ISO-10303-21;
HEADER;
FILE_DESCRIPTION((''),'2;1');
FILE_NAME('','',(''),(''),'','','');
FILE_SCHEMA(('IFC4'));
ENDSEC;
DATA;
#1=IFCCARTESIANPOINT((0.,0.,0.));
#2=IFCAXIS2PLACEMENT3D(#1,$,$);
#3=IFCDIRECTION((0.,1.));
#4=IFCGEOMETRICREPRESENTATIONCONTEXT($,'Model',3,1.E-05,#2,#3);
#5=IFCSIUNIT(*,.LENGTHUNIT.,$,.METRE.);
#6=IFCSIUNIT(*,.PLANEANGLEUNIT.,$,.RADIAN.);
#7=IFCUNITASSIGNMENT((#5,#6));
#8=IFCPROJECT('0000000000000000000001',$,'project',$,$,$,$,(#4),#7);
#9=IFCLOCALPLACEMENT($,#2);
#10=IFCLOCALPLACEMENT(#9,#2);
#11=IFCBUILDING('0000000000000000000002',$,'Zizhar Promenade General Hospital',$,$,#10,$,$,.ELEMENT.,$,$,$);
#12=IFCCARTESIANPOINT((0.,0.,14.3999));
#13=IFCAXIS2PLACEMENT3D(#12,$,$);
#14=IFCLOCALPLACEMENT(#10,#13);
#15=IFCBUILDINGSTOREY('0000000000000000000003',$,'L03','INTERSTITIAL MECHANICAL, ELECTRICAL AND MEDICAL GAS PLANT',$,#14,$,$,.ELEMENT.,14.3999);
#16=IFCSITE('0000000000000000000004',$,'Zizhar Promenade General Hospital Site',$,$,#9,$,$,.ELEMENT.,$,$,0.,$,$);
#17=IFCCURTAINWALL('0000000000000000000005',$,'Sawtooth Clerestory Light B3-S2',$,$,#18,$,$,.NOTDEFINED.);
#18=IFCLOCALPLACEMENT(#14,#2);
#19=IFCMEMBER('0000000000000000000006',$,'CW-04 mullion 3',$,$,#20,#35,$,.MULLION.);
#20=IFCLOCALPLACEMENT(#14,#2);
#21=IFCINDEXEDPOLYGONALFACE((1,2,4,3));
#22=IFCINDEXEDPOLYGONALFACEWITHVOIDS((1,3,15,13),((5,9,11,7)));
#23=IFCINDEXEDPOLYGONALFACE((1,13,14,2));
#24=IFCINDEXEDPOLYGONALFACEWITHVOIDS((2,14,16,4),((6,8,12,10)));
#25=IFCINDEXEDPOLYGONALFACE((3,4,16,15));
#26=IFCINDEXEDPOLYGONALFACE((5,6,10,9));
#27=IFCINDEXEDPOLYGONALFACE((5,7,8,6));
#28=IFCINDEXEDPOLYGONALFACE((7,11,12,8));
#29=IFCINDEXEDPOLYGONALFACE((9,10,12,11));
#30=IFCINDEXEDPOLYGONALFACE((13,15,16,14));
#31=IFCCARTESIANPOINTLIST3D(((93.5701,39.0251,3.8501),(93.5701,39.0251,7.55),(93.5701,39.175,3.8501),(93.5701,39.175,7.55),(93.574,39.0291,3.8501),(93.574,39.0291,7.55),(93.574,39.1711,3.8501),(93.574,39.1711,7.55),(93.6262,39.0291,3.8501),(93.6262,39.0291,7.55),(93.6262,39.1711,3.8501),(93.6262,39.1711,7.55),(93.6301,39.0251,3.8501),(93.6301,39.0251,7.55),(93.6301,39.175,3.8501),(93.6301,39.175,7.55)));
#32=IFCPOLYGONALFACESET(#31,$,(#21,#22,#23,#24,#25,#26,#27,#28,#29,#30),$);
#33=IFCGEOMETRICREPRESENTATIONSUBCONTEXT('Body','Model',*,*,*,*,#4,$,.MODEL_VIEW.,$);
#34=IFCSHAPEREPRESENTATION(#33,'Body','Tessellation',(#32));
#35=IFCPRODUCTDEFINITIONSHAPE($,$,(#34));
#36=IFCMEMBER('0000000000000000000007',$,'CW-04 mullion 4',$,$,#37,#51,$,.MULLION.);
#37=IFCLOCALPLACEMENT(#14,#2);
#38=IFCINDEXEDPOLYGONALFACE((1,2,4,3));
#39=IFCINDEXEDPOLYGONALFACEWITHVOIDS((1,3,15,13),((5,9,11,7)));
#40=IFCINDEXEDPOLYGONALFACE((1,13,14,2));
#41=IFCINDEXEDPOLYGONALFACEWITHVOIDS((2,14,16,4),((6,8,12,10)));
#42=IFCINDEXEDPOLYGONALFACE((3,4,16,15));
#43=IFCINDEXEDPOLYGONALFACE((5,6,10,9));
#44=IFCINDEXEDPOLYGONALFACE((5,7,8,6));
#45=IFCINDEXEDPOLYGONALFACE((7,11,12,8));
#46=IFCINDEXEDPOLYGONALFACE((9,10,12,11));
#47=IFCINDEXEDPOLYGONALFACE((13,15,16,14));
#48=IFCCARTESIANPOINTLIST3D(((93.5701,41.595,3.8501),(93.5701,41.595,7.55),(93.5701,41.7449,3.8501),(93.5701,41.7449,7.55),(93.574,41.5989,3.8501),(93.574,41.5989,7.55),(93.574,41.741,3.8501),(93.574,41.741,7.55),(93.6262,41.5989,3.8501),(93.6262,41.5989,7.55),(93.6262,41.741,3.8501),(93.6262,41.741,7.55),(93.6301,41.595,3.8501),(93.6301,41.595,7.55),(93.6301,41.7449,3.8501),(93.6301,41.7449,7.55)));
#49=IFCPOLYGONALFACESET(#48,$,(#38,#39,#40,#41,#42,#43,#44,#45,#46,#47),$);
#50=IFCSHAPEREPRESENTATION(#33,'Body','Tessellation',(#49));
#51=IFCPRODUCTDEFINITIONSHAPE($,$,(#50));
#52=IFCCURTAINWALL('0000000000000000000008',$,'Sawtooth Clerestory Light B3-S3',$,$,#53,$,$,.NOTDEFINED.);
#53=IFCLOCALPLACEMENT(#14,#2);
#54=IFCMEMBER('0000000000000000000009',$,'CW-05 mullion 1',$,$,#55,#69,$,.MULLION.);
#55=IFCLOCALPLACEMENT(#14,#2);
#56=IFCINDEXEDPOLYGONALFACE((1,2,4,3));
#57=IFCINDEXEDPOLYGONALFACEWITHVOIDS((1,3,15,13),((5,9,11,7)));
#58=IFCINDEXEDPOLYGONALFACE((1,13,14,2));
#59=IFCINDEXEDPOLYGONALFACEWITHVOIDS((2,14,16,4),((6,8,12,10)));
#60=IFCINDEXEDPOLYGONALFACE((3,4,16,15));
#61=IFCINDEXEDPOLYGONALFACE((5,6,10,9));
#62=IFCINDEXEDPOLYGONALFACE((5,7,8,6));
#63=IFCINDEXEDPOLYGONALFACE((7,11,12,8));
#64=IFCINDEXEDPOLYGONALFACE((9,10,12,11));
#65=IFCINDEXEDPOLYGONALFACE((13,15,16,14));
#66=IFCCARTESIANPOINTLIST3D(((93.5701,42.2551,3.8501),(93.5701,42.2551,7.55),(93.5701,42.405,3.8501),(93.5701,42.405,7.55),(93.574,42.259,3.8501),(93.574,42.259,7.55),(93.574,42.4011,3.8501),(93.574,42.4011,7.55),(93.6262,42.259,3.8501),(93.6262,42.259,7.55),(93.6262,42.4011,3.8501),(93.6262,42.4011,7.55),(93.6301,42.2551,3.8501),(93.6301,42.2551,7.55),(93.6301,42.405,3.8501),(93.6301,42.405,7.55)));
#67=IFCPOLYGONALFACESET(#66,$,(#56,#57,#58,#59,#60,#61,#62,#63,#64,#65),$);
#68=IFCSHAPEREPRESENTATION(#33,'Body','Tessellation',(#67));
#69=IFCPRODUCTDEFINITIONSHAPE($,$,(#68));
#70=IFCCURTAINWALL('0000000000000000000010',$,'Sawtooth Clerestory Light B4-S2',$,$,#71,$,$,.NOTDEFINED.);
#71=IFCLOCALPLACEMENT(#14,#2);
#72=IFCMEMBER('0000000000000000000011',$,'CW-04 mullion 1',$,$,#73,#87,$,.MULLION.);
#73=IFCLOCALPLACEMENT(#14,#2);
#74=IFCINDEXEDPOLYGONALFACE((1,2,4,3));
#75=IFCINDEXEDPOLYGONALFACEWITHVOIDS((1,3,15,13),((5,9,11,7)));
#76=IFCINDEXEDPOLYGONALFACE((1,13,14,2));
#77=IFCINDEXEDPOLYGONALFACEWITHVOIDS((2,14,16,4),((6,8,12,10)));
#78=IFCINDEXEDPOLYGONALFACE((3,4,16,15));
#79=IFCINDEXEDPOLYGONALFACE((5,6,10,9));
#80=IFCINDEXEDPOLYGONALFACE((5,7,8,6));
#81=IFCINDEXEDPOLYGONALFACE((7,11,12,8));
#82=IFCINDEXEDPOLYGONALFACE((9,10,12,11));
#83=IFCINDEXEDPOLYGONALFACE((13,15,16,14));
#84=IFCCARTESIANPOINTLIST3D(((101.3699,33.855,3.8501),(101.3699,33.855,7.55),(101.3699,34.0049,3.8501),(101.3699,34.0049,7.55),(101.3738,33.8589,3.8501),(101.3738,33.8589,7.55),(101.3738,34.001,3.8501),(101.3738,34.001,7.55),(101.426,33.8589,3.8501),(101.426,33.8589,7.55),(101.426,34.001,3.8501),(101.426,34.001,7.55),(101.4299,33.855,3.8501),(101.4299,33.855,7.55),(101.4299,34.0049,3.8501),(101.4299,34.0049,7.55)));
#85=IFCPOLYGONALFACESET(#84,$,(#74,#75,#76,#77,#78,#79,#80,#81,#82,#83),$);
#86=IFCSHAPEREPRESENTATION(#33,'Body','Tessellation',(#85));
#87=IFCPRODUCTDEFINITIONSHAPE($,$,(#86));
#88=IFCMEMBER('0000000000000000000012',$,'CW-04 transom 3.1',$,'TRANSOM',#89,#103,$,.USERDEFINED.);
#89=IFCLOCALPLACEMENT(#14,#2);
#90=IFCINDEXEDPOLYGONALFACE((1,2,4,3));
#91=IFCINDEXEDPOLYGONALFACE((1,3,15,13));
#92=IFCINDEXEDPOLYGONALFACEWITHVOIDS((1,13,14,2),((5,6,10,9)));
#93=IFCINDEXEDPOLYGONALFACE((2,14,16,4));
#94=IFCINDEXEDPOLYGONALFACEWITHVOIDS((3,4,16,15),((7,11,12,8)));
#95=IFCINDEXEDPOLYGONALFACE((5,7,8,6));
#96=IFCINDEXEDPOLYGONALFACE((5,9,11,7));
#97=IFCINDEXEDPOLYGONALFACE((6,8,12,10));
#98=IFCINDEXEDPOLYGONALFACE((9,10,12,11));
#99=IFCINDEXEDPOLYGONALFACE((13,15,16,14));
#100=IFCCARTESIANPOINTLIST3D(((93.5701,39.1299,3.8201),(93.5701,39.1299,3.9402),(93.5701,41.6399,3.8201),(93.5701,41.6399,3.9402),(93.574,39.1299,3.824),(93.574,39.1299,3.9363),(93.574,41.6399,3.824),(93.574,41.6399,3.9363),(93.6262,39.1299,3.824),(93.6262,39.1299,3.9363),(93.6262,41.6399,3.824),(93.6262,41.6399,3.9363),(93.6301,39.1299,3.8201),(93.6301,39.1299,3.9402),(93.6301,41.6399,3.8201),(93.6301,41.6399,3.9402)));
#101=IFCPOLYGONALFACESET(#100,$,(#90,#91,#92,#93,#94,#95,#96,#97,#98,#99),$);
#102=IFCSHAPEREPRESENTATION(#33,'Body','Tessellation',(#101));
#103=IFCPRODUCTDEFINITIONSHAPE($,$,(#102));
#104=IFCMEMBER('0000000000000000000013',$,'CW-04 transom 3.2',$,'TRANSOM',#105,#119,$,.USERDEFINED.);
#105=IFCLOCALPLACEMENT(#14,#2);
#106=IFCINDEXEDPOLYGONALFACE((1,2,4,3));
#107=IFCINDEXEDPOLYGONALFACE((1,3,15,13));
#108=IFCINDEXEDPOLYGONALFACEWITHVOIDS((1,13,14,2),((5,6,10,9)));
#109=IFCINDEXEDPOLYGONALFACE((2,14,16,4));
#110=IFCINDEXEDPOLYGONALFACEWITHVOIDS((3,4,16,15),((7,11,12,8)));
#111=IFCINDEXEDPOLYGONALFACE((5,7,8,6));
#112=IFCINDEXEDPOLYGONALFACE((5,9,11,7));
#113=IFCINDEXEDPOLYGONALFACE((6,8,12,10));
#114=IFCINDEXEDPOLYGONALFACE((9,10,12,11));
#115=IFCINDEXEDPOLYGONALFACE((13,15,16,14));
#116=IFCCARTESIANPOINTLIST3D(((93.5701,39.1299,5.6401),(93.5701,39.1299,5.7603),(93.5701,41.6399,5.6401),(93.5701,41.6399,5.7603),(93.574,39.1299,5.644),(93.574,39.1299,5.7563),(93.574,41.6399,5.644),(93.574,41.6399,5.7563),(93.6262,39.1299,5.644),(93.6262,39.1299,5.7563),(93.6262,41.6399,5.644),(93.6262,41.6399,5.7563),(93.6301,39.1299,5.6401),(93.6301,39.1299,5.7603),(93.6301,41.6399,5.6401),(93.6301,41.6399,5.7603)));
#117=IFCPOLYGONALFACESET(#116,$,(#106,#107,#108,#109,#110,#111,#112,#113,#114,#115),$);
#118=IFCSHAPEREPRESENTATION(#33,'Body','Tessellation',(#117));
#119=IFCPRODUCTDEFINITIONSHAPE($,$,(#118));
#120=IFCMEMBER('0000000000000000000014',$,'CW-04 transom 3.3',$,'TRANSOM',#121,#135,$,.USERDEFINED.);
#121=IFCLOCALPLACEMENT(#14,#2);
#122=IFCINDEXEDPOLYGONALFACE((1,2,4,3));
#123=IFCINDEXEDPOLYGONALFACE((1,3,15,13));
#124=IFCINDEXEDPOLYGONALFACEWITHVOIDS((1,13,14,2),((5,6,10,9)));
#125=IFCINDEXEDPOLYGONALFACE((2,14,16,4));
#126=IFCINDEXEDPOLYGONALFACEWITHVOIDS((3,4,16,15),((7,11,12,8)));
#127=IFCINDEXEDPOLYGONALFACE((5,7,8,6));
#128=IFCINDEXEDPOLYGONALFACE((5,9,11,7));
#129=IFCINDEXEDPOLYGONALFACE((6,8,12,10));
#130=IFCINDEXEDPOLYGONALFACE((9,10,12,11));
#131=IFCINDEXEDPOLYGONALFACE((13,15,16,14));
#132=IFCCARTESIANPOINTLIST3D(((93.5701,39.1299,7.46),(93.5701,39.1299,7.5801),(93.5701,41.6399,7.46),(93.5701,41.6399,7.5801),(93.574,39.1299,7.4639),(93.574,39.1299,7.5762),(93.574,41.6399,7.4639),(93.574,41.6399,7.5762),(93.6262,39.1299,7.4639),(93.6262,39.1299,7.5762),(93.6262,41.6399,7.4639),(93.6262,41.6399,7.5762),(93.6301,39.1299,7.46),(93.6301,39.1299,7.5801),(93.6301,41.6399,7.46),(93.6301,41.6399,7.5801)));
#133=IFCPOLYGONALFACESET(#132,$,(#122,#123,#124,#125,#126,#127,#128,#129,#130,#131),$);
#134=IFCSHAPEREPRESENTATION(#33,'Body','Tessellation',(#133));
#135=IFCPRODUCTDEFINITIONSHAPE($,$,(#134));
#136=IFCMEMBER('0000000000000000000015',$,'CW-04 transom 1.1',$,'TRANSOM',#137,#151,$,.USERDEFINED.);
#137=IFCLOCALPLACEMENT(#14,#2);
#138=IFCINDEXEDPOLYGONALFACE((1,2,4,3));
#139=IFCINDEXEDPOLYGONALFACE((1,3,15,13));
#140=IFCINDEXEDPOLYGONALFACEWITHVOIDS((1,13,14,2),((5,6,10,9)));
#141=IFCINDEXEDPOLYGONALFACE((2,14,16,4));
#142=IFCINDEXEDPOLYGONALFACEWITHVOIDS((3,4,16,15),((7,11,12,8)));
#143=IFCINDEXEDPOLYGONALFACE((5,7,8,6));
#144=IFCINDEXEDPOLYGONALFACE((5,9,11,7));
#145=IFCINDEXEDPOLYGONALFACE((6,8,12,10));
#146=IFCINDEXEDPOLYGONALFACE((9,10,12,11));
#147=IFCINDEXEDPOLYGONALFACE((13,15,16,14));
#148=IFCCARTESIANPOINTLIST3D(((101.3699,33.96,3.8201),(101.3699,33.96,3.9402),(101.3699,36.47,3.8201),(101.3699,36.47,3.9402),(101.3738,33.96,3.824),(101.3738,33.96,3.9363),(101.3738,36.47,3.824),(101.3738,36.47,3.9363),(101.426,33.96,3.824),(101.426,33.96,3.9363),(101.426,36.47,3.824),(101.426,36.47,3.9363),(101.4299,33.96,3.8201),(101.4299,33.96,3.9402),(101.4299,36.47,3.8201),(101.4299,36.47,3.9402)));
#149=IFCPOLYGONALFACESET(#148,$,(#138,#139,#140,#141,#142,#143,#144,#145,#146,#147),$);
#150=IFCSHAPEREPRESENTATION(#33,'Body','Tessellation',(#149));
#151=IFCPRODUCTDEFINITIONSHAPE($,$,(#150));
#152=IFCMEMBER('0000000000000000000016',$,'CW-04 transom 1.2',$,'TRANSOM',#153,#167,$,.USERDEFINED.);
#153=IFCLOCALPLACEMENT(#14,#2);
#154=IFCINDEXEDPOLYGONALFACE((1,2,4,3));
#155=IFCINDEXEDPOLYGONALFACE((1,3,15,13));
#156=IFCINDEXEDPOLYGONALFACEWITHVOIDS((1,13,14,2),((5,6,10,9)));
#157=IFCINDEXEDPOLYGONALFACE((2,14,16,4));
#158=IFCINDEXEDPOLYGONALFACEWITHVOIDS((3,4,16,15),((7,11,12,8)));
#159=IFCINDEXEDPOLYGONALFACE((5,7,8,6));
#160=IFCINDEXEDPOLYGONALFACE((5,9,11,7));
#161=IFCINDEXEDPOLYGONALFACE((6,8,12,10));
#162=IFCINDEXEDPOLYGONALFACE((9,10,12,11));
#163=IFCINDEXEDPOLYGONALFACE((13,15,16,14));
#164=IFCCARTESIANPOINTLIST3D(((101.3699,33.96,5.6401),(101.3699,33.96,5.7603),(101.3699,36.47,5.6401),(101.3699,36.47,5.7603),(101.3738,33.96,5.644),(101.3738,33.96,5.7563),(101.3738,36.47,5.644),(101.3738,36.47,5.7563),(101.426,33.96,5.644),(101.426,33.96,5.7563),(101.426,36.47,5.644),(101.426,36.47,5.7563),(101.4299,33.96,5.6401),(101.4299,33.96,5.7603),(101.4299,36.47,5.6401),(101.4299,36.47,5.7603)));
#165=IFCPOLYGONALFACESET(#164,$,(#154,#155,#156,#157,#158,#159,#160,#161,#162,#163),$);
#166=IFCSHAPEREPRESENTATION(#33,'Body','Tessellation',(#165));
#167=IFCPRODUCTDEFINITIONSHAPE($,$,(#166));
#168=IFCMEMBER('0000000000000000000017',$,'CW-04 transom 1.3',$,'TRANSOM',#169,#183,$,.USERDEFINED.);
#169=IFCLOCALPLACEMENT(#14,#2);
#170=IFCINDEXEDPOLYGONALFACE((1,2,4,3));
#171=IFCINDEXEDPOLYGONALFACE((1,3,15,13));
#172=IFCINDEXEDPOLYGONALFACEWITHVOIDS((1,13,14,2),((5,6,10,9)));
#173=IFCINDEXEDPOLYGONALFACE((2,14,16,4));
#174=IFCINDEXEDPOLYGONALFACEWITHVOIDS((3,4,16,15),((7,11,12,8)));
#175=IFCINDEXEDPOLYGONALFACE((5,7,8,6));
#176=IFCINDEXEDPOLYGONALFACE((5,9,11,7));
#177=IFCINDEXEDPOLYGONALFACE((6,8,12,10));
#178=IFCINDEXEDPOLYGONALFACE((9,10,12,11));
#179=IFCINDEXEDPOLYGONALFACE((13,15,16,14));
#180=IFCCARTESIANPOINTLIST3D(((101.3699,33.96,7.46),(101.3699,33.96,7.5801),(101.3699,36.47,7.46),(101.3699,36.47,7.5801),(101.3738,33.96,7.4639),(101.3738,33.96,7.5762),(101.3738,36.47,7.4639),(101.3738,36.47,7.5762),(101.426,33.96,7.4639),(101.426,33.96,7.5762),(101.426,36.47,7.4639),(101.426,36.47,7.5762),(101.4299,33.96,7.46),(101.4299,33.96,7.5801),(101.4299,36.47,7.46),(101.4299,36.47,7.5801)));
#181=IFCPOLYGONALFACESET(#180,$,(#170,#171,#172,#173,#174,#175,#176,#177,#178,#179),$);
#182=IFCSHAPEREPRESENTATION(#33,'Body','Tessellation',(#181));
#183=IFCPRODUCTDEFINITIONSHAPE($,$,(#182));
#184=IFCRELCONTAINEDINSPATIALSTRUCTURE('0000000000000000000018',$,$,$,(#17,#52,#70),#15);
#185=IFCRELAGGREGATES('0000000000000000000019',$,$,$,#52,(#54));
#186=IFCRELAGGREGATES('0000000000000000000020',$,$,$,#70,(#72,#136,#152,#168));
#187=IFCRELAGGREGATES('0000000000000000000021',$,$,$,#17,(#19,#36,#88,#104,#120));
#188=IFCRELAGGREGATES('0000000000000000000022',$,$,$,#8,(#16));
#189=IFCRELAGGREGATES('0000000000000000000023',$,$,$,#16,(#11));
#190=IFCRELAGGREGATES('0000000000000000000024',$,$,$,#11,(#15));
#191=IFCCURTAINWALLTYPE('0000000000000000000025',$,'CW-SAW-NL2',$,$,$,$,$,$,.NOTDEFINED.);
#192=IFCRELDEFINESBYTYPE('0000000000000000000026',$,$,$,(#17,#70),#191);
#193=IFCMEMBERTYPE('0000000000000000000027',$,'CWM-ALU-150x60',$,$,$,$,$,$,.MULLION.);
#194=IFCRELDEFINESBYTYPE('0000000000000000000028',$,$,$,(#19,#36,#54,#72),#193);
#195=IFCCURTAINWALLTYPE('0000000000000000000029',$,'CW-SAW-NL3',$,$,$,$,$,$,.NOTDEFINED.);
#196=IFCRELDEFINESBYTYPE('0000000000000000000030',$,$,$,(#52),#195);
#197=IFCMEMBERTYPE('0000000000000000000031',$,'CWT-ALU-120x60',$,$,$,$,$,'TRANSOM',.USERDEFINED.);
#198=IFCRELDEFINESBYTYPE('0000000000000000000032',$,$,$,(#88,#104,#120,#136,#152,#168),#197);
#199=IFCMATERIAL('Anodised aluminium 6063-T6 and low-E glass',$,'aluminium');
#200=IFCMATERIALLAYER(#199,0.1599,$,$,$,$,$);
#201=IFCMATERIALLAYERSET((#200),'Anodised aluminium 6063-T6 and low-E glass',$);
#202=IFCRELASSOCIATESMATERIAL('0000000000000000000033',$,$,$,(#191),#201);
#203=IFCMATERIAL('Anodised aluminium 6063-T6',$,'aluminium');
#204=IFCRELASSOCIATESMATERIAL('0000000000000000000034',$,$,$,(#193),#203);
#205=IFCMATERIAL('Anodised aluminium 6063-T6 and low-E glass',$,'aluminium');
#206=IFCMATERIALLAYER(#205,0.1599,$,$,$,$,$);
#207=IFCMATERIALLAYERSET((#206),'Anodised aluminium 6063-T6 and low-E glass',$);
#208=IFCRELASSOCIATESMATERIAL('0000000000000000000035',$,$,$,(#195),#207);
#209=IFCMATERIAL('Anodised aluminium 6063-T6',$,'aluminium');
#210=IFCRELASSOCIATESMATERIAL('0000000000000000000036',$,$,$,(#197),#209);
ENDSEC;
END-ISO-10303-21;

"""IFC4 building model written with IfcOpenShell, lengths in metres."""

from ifc_helpers import new_model, si_unit, direction, frame, origin, origin_2d, place, context, subcontext, project, spatial, hollow_rectangle, extrude, material, layer, layer_set, material_profile, profile_set, type_object, element, aggregate, save


model = new_model("IFC4")

# Units and contexts
model_context = context("Model", 3, precision=1e-05, world=origin(), true_north=direction((0.0, 1.0)))
body_context = subcontext(model_context, "Body", "Model", "MODEL_VIEW")
ifc_project = project(units=[si_unit("LENGTHUNIT", "METRE"), si_unit("PLANEANGLEUNIT", "RADIAN")], contexts=[model_context])

# Site, building, storey
site_placement = place(None, origin())
site = spatial("IfcSite", under=ifc_project, at=site_placement, Name="Zizhar Promenade General Hospital Site", CompositionType="ELEMENT", RefElevation=0.0)
building_placement = place(site_placement, origin())
building = spatial("IfcBuilding", under=site, at=building_placement, Name="Zizhar Promenade General Hospital", CompositionType="ELEMENT")
storey_placement = place(building_placement, frame((0.0, 0.0, 14.3999)))
storey = spatial("IfcBuildingStorey", under=building, at=storey_placement, Name="L03", Description="INTERSTITIAL MECHANICAL, ELECTRICAL AND MEDICAL GAS PLANT", CompositionType="ELEMENT", Elevation=14.3999)

# Curtain wall, members
ifc_material_1 = material(Name="Anodised aluminium 6063-T6 and low-E glass", Category="aluminium")
ifc_layer_1 = layer(ifc_material_1, 0.1599)
ifc_layer_set_1 = layer_set([ifc_layer_1], Name="Anodised aluminium 6063-T6 and low-E glass")
curtain_wall_type_1 = type_object("IfcCurtainWallType", Name="CW-SAW-NL2", PredefinedType="NOTDEFINED", material=ifc_layer_set_1)
curtain_wall_1_placement = place(storey_placement, origin())
curtain_wall_1 = element("IfcCurtainWall", 1, at=curtain_wall_1_placement, inside=storey, type_object=curtain_wall_type_1, Name="Sawtooth Clerestory Light B3-S2", PredefinedType="NOTDEFINED")
ifc_material_2 = material(Name="Anodised aluminium 6063-T6", Category="aluminium")
ifc_material_profile_1 = material_profile(ifc_material_2, hollow_rectangle(XDim=0.0601, YDim=0.1499, WallThickness=0.0039, at=origin_2d()))
ifc_profile_set_1 = profile_set([ifc_material_profile_1], Name="Anodised aluminium 6063-T6")
member_type_1 = type_object("IfcMemberType", Name="CWM-ALU-150x60", PredefinedType="MULLION", material=ifc_profile_set_1)
member_1_placement = place(storey_placement, frame((93.6001, 39.1001, 3.8501), z_axis=(0.0, 0.0, 1.0), x_axis=(-1.0, 0.0, 0.0)))
member_1 = element("IfcMember", 2, at=member_1_placement, type_object=member_type_1, Name="CW-04 mullion 3", PredefinedType="MULLION", context=body_context, shape_type="SweptSolid", body=[
    extrude(hollow_rectangle(XDim=0.0601, YDim=0.1499, WallThickness=0.0039, at=origin_2d()), origin(), (0.0, 0.0, 1.0), 3.7),
])
member_2_placement = place(storey_placement, frame((93.6001, 41.6699, 3.8501), z_axis=(0.0, 0.0, 1.0), x_axis=(-1.0, 0.0, 0.0)))
member_2 = element("IfcMember", 3, at=member_2_placement, type_object=member_type_1, Name="CW-04 mullion 4", PredefinedType="MULLION", context=body_context, shape_type="SweptSolid", body=[
    extrude(hollow_rectangle(XDim=0.0601, YDim=0.1499, WallThickness=0.0039, at=origin_2d()), origin(), (0.0, 0.0, 1.0), 3.7),
])

# Curtain walls, members
ifc_material_3 = material(Name="Anodised aluminium 6063-T6 and low-E glass", Category="aluminium")
ifc_layer_2 = layer(ifc_material_3, 0.1599)
ifc_layer_set_2 = layer_set([ifc_layer_2], Name="Anodised aluminium 6063-T6 and low-E glass")
curtain_wall_type_2 = type_object("IfcCurtainWallType", Name="CW-SAW-NL3", PredefinedType="NOTDEFINED", material=ifc_layer_set_2)
curtain_wall_2_placement = place(storey_placement, origin())
curtain_wall_2 = element("IfcCurtainWall", 4, at=curtain_wall_2_placement, inside=storey, type_object=curtain_wall_type_2, Name="Sawtooth Clerestory Light B3-S3", PredefinedType="NOTDEFINED")
member_3_placement = place(storey_placement, frame((93.6001, 42.3301, 3.8501), z_axis=(0.0, 0.0, 1.0), x_axis=(-1.0, 0.0, 0.0)))
member_3 = element("IfcMember", 5, at=member_3_placement, type_object=member_type_1, Name="CW-05 mullion 1", PredefinedType="MULLION", context=body_context, shape_type="SweptSolid", body=[
    extrude(hollow_rectangle(XDim=0.0601, YDim=0.1499, WallThickness=0.0039, at=origin_2d()), origin(), (0.0, 0.0, 1.0), 3.7),
])
aggregate(curtain_wall_2, [member_3])
curtain_wall_3_placement = place(storey_placement, origin())
curtain_wall_3 = element("IfcCurtainWall", 6, at=curtain_wall_3_placement, inside=storey, type_object=curtain_wall_type_1, Name="Sawtooth Clerestory Light B4-S2", PredefinedType="NOTDEFINED")
member_4_placement = place(storey_placement, frame((101.3999, 33.9299, 3.8501), z_axis=(0.0, 0.0, 1.0), x_axis=(-1.0, 0.0, 0.0)))
member_4 = element("IfcMember", 7, at=member_4_placement, type_object=member_type_1, Name="CW-04 mullion 1", PredefinedType="MULLION", context=body_context, shape_type="SweptSolid", body=[
    extrude(hollow_rectangle(XDim=0.0601, YDim=0.1499, WallThickness=0.0039, at=origin_2d()), origin(), (0.0, 0.0, 1.0), 3.7),
])

# Members
ifc_material_4 = material(Name="Anodised aluminium 6063-T6", Category="aluminium")
ifc_material_profile_2 = material_profile(ifc_material_4, hollow_rectangle(XDim=0.0601, YDim=0.1201, WallThickness=0.0039, at=origin_2d()))
ifc_profile_set_2 = profile_set([ifc_material_profile_2], Name="Anodised aluminium 6063-T6")
member_type_2 = type_object("IfcMemberType", Name="CWT-ALU-120x60", ElementType="TRANSOM", PredefinedType="USERDEFINED", material=ifc_profile_set_2)
member_5_placement = place(storey_placement, frame((93.6001, 39.1299, 3.8801), z_axis=(0.0, 1.0, 0.0), x_axis=(-1.0, 0.0, 0.0)))
member_5 = element("IfcMember", 8, at=member_5_placement, type_object=member_type_2, Name="CW-04 transom 3.1", ObjectType="TRANSOM", PredefinedType="USERDEFINED", context=body_context, shape_type="SweptSolid", body=[
    extrude(hollow_rectangle(XDim=0.0601, YDim=0.1201, WallThickness=0.0039, at=origin_2d()), origin(), (0.0, 0.0, 1.0), 2.51),
])
member_6_placement = place(storey_placement, frame((93.6001, 39.1299, 5.7002), z_axis=(0.0, 1.0, 0.0), x_axis=(-1.0, 0.0, 0.0)))
member_6 = element("IfcMember", 9, at=member_6_placement, type_object=member_type_2, Name="CW-04 transom 3.2", ObjectType="TRANSOM", PredefinedType="USERDEFINED", context=body_context, shape_type="SweptSolid", body=[
    extrude(hollow_rectangle(XDim=0.0601, YDim=0.1201, WallThickness=0.0039, at=origin_2d()), origin(), (0.0, 0.0, 1.0), 2.51),
])
member_7_placement = place(storey_placement, frame((93.6001, 39.1299, 7.52), z_axis=(0.0, 1.0, 0.0), x_axis=(-1.0, 0.0, 0.0)))
member_7 = element("IfcMember", 10, at=member_7_placement, type_object=member_type_2, Name="CW-04 transom 3.3", ObjectType="TRANSOM", PredefinedType="USERDEFINED", context=body_context, shape_type="SweptSolid", body=[
    extrude(hollow_rectangle(XDim=0.0601, YDim=0.1201, WallThickness=0.0039, at=origin_2d()), origin(), (0.0, 0.0, 1.0), 2.51),
])
member_8_placement = place(storey_placement, frame((101.3999, 33.96, 3.8801), z_axis=(0.0, 1.0, 0.0), x_axis=(-1.0, 0.0, 0.0)))
member_8 = element("IfcMember", 11, at=member_8_placement, type_object=member_type_2, Name="CW-04 transom 1.1", ObjectType="TRANSOM", PredefinedType="USERDEFINED", context=body_context, shape_type="SweptSolid", body=[
    extrude(hollow_rectangle(XDim=0.0601, YDim=0.1201, WallThickness=0.0039, at=origin_2d()), origin(), (0.0, 0.0, 1.0), 2.51),
])
member_9_placement = place(storey_placement, frame((101.3999, 33.96, 5.7002), z_axis=(0.0, 1.0, 0.0), x_axis=(-1.0, 0.0, 0.0)))
member_9 = element("IfcMember", 12, at=member_9_placement, type_object=member_type_2, Name="CW-04 transom 1.2", ObjectType="TRANSOM", PredefinedType="USERDEFINED", context=body_context, shape_type="SweptSolid", body=[
    extrude(hollow_rectangle(XDim=0.0601, YDim=0.1201, WallThickness=0.0039, at=origin_2d()), origin(), (0.0, 0.0, 1.0), 2.51),
])
member_10_placement = place(storey_placement, frame((101.3999, 33.96, 7.52), z_axis=(0.0, 1.0, 0.0), x_axis=(-1.0, 0.0, 0.0)))
member_10 = element("IfcMember", 13, at=member_10_placement, type_object=member_type_2, Name="CW-04 transom 1.3", ObjectType="TRANSOM", PredefinedType="USERDEFINED", context=body_context, shape_type="SweptSolid", body=[
    extrude(hollow_rectangle(XDim=0.0601, YDim=0.1201, WallThickness=0.0039, at=origin_2d()), origin(), (0.0, 0.0, 1.0), 2.51),
])
aggregate(curtain_wall_3, [member_4, member_8, member_9, member_10])

aggregate(curtain_wall_1, [member_1, member_2, member_5, member_6, member_7])

save(model, "model.ifc")
